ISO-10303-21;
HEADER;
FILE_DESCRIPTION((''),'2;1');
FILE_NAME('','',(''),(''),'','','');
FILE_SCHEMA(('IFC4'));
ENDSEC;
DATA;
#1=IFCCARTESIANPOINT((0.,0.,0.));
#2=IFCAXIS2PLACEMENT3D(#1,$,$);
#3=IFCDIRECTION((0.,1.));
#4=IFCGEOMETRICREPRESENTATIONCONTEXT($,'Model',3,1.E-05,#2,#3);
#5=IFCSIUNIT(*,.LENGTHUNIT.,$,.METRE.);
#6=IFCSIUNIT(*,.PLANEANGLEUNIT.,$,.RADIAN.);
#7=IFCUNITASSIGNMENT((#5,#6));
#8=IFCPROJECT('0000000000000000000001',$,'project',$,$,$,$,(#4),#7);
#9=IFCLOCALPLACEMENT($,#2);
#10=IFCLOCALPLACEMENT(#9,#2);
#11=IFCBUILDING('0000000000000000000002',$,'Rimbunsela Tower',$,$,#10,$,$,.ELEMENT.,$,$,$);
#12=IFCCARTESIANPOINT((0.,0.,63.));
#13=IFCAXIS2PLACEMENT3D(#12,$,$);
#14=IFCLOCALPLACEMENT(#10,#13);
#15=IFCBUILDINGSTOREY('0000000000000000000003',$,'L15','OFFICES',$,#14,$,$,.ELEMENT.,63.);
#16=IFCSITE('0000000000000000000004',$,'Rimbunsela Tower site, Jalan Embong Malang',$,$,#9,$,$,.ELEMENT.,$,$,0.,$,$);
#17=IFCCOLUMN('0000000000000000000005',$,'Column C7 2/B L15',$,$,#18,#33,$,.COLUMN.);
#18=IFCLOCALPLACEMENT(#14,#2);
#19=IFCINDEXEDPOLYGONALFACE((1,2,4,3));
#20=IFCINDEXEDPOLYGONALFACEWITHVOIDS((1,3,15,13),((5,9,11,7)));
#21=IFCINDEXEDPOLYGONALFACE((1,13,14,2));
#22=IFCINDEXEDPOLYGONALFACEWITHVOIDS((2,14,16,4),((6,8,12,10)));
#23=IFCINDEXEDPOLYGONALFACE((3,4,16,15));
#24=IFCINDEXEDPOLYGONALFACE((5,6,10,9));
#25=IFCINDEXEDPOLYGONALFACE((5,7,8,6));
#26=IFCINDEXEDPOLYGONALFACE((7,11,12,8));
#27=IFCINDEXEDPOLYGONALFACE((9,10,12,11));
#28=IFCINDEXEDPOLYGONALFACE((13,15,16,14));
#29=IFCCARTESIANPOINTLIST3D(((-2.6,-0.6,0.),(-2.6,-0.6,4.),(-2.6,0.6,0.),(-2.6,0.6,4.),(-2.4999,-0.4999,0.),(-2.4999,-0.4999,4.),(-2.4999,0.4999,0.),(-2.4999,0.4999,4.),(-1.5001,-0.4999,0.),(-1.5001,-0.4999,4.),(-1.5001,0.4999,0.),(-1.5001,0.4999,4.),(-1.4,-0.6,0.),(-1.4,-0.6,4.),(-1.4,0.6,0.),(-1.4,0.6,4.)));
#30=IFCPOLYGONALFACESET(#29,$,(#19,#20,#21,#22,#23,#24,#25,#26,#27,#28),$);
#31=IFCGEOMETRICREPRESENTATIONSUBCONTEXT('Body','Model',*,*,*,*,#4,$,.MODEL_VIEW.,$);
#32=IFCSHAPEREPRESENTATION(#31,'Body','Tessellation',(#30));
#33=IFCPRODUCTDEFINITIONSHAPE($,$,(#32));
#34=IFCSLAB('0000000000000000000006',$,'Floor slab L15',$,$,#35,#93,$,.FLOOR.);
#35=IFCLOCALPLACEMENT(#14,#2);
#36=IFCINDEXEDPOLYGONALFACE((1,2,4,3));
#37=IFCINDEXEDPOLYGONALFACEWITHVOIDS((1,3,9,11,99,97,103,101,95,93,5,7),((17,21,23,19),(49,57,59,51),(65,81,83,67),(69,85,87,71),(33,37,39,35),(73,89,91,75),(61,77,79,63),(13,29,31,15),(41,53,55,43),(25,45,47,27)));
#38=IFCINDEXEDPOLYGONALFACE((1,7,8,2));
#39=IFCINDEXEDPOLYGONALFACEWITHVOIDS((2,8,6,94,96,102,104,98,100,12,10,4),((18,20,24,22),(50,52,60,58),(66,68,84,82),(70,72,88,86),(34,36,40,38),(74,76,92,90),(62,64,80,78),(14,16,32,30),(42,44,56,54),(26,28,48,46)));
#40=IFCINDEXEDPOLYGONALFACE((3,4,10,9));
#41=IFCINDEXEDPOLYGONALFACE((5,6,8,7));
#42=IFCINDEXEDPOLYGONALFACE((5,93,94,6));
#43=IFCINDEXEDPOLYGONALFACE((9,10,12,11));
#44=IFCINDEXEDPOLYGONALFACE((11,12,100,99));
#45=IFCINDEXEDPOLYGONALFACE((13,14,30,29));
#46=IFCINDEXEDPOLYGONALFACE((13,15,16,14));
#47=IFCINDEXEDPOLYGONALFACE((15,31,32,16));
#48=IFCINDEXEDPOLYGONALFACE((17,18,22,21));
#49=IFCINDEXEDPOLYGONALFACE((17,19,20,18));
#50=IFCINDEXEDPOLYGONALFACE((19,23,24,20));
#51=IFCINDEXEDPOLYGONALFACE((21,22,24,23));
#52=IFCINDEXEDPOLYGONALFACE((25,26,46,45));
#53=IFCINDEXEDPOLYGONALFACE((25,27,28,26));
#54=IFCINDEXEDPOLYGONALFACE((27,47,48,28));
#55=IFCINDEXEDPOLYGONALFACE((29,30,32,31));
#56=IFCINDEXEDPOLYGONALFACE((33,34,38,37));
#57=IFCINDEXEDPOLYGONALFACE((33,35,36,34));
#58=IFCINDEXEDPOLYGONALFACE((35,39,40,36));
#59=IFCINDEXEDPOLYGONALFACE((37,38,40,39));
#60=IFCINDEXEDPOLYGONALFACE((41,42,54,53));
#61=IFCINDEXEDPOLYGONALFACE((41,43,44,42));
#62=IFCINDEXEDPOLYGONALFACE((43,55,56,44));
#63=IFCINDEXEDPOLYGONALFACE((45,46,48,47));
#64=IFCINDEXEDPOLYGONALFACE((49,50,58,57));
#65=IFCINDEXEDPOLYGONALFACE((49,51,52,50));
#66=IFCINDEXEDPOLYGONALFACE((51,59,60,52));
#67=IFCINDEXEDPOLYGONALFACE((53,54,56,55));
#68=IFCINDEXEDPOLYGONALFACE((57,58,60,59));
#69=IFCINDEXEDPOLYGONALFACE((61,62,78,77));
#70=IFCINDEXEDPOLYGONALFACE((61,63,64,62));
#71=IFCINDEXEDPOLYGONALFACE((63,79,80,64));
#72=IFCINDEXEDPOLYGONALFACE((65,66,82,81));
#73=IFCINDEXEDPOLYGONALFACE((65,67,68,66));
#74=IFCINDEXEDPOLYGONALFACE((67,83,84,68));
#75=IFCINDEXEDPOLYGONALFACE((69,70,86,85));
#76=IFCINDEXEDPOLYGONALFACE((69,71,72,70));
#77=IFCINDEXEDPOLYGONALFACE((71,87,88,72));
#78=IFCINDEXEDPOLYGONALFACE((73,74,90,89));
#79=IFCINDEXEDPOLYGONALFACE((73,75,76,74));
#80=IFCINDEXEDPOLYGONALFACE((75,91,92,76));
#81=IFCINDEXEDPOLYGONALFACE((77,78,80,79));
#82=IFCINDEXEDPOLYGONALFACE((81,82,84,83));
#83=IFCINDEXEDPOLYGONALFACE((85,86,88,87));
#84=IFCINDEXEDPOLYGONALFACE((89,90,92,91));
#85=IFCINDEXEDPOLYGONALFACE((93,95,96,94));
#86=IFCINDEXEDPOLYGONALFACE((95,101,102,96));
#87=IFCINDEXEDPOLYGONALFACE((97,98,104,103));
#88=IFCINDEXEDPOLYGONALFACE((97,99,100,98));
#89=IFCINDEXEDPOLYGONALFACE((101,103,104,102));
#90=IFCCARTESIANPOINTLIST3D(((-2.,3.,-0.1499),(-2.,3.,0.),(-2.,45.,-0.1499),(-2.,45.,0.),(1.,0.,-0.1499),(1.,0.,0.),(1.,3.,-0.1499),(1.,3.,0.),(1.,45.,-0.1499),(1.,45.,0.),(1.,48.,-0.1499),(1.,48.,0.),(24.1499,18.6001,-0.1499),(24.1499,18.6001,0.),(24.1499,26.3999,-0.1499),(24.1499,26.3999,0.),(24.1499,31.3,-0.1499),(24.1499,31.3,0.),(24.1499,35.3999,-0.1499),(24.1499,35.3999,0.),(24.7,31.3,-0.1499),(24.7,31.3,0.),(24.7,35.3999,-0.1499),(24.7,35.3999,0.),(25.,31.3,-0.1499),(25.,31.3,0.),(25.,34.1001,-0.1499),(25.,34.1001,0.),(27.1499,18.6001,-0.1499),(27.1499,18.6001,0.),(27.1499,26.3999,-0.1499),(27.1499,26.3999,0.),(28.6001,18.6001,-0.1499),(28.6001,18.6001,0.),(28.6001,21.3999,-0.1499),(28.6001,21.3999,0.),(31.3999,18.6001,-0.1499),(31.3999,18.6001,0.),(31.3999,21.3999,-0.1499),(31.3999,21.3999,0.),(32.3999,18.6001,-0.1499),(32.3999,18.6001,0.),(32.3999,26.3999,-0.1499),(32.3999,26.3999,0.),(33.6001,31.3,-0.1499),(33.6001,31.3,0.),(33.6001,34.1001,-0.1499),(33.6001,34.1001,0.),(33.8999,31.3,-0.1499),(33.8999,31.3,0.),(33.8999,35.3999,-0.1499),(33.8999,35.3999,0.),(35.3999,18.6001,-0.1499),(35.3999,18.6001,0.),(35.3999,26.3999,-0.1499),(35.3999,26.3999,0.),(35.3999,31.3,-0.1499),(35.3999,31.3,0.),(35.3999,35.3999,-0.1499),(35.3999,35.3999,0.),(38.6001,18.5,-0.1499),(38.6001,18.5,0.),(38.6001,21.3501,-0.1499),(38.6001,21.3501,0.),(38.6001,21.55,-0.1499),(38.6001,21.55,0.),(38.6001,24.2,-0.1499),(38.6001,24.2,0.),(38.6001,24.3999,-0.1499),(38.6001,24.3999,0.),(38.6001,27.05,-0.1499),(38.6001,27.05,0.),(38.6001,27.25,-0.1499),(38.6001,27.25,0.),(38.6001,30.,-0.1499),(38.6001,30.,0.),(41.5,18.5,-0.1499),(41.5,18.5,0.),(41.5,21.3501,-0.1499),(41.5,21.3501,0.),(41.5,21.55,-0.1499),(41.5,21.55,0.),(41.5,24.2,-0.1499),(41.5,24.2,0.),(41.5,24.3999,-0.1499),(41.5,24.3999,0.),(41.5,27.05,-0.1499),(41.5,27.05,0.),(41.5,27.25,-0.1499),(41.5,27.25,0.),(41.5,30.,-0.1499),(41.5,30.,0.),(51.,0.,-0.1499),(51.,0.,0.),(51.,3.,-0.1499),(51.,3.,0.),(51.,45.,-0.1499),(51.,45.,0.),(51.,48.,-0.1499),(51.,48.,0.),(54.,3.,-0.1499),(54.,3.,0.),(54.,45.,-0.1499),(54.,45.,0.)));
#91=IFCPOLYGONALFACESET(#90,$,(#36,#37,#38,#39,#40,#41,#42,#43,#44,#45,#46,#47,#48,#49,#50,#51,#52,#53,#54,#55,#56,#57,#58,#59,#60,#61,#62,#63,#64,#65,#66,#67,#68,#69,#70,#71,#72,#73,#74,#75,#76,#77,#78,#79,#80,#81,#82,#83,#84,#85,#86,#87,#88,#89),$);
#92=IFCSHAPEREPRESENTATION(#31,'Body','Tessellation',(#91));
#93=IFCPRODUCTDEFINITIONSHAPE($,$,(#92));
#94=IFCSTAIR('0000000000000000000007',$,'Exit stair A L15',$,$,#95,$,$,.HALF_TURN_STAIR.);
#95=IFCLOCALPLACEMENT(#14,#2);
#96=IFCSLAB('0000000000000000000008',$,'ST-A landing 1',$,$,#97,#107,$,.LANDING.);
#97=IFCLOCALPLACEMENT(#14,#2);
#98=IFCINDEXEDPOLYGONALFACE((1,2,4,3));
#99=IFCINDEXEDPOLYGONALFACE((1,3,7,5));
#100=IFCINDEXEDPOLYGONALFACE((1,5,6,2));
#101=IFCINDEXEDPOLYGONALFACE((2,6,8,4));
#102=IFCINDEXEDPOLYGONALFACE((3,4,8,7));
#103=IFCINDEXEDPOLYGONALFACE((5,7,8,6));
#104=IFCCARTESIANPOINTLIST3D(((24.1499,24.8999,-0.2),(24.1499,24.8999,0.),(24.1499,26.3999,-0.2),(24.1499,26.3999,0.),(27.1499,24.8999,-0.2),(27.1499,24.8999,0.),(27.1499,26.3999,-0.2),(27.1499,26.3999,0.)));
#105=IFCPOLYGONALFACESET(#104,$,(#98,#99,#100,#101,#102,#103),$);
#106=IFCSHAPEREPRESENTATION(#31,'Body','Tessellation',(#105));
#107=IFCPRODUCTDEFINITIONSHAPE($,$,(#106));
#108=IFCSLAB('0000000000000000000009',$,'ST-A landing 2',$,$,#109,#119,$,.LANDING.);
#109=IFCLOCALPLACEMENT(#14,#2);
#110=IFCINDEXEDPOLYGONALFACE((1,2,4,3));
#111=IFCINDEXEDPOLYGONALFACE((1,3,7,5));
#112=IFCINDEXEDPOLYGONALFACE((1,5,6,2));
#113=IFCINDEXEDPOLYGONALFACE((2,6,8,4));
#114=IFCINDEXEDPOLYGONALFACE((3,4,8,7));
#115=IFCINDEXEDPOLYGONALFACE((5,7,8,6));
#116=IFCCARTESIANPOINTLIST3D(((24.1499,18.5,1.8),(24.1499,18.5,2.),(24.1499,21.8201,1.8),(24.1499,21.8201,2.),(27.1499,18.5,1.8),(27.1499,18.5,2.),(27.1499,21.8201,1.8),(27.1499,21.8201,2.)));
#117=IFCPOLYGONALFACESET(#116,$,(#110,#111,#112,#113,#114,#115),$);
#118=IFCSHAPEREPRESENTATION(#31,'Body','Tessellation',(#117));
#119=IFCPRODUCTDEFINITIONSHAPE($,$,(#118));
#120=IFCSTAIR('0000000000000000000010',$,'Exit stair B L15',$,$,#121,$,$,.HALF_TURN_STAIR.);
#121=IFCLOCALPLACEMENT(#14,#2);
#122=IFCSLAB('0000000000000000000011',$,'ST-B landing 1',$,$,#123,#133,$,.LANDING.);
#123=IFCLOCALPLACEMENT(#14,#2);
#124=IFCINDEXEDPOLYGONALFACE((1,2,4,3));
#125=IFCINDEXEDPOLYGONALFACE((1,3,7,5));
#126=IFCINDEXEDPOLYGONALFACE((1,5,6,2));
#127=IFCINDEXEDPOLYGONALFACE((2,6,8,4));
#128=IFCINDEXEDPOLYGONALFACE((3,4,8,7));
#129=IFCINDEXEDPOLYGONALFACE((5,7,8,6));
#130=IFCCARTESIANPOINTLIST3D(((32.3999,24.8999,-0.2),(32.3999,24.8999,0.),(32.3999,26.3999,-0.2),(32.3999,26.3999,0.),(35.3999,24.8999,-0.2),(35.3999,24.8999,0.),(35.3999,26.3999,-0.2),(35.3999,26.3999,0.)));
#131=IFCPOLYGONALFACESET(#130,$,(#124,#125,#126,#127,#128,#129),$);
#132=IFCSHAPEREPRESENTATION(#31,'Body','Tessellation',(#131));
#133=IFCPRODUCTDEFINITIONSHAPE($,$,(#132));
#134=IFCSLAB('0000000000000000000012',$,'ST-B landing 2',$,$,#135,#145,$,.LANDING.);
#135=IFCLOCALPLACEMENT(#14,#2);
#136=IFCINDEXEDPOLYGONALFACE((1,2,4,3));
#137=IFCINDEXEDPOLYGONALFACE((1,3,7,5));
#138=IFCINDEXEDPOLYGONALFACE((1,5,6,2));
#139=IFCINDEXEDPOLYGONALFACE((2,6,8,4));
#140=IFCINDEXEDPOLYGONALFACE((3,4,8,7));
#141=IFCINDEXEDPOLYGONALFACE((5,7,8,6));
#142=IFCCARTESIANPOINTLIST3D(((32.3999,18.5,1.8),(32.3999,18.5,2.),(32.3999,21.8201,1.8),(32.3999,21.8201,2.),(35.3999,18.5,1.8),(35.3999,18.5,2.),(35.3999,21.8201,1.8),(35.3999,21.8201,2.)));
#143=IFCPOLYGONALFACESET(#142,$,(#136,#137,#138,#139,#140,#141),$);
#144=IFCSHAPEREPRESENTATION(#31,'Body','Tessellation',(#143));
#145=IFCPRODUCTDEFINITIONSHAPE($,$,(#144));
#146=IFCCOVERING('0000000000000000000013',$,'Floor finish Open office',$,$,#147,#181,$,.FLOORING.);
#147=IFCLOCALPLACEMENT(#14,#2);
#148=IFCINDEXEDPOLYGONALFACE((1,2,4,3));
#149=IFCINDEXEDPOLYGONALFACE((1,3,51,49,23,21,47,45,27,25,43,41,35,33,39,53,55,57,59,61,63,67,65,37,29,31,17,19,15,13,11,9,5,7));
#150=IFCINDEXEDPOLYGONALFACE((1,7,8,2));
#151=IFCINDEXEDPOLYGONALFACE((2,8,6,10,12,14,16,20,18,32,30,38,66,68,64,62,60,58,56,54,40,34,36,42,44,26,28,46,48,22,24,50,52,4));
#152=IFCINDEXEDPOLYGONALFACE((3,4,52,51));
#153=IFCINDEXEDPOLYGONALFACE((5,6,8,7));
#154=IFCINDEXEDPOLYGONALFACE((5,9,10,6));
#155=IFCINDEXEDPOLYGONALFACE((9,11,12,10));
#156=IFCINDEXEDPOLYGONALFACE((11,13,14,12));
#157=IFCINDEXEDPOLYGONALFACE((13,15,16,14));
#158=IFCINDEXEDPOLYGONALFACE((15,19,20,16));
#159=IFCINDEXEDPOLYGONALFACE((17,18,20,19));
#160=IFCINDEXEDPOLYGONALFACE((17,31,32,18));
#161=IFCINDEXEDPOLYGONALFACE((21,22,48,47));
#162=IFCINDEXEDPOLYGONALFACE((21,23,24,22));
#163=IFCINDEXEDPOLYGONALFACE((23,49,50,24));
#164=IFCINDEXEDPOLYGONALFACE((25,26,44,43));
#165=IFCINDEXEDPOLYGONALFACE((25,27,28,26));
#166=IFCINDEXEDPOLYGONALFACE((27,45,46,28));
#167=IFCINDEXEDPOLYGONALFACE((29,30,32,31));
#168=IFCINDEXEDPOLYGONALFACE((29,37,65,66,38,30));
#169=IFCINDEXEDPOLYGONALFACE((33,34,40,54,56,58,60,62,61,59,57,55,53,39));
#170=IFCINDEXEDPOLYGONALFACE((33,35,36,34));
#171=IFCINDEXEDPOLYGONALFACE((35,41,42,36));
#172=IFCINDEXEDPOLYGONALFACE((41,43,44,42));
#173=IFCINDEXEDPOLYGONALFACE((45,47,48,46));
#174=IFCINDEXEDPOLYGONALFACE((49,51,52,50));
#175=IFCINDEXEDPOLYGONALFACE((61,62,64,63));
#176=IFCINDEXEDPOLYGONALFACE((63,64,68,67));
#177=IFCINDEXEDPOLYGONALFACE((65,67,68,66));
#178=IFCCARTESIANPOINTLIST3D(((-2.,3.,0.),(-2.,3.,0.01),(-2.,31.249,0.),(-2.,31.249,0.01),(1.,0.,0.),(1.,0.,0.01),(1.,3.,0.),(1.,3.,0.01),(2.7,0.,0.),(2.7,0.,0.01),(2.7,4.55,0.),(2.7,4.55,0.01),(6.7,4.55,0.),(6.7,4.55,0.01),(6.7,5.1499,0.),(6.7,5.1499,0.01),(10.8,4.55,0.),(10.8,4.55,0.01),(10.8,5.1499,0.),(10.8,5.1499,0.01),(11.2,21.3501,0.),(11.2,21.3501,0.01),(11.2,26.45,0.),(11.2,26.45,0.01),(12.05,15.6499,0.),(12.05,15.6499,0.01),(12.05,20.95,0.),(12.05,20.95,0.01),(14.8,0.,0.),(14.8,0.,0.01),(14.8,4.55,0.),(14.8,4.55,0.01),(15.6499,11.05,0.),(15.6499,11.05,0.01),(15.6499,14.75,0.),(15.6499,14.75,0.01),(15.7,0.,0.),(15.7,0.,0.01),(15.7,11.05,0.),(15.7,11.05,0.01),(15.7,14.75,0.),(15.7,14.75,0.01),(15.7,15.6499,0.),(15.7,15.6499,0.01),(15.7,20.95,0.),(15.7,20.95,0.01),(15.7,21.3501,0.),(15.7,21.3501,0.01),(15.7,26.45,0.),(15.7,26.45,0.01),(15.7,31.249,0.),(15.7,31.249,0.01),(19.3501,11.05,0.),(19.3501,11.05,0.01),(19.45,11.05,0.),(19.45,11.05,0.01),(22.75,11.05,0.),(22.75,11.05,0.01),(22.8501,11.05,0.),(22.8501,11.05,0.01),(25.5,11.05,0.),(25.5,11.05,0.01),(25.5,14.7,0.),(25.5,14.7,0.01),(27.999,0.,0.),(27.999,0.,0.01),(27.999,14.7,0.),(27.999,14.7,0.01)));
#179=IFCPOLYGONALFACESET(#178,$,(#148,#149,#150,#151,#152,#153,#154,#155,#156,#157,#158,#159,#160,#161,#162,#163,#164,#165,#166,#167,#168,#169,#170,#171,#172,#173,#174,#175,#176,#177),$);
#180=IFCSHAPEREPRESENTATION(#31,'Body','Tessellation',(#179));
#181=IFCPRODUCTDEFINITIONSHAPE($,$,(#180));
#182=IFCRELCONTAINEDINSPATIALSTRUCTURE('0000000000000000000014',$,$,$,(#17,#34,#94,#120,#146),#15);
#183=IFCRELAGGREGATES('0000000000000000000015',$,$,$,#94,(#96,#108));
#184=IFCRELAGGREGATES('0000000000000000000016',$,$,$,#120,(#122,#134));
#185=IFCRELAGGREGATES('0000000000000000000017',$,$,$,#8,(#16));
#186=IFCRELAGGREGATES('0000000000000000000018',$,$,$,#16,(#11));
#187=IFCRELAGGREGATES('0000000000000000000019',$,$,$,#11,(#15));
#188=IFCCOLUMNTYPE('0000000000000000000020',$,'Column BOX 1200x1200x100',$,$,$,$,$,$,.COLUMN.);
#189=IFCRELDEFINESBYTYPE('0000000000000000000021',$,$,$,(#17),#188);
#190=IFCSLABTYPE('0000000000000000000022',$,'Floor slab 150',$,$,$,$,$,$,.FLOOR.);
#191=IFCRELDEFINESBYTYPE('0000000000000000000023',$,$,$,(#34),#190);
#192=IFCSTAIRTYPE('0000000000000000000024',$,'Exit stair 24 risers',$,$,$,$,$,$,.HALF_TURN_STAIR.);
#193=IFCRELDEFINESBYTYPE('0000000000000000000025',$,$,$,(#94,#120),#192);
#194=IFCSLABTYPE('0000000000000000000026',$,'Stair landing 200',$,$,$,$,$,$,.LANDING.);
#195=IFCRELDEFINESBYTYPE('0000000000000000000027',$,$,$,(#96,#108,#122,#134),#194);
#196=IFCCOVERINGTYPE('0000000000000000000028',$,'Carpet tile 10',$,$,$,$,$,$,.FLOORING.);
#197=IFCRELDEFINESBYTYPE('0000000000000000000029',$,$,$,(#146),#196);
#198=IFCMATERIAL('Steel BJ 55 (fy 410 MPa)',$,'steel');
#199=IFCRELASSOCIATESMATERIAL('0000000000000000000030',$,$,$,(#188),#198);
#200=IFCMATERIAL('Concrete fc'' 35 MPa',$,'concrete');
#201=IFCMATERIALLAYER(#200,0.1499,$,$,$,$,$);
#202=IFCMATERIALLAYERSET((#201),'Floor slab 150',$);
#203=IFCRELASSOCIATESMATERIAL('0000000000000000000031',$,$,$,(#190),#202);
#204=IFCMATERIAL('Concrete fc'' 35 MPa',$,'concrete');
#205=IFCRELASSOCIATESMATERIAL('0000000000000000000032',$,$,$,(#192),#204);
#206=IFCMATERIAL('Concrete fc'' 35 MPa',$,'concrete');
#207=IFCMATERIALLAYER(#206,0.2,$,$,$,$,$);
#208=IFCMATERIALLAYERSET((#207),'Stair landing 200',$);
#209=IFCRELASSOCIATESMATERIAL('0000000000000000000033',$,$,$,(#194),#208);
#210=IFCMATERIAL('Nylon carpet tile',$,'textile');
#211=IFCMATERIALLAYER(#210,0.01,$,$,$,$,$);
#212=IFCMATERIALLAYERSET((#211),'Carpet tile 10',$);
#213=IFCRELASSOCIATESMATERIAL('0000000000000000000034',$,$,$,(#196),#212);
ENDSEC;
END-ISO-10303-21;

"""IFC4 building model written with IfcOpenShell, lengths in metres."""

from ifc_helpers import new_model, si_unit, direction, frame, origin, origin_2d, place, context, subcontext, project, spatial, polyline, hollow_rectangle, outline, extrude, material, layer, layer_set, material_profile, profile_set, type_object, element, aggregate, save


model = new_model("IFC4")

# Units and contexts
model_context = context("Model", 3, precision=1e-05, world=origin(), true_north=direction((0.0, 1.0)))
body_context = subcontext(model_context, "Body", "Model", "MODEL_VIEW")
ifc_project = project(units=[si_unit("LENGTHUNIT", "METRE"), si_unit("PLANEANGLEUNIT", "RADIAN")], contexts=[model_context])

# Site, building, storey
site_placement = place(None, origin())
site = spatial("IfcSite", under=ifc_project, at=site_placement, Name="Rimbunsela Tower site, Jalan Embong Malang", CompositionType="ELEMENT", RefElevation=0.0)
building_placement = place(site_placement, origin())
building = spatial("IfcBuilding", under=site, at=building_placement, Name="Rimbunsela Tower", CompositionType="ELEMENT")
storey_placement = place(building_placement, frame((0.0, 0.0, 63.0)))
storey = spatial("IfcBuildingStorey", under=building, at=storey_placement, Name="L15", Description="OFFICES", CompositionType="ELEMENT", Elevation=63.0)

# Column
ifc_material_1 = material(Name="Steel BJ 55 (fy 410 MPa)", Category="steel")
ifc_material_profile = material_profile(ifc_material_1, hollow_rectangle(XDim=1.2, YDim=1.2, WallThickness=0.1001, at=origin_2d()), Name="BOX 1200x1200x100")
ifc_profile_set = profile_set([ifc_material_profile], Name="Steel BJ 55 (fy 410 MPa)")
column_type = type_object("IfcColumnType", Name="Column BOX 1200x1200x100", PredefinedType="COLUMN", material=ifc_profile_set)
column_placement = place(storey_placement, frame((-2.0, 0.0, 0.0), z_axis=(0.0, 0.0, 1.0), x_axis=(1.0, 0.0, 0.0)))
element("IfcColumn", 1, at=column_placement, inside=storey, type_object=column_type, Name="Column C7 2/B L15", PredefinedType="COLUMN", context=body_context, shape_type="SweptSolid", body=[
    extrude(hollow_rectangle(XDim=1.2, YDim=1.2, WallThickness=0.1001, at=origin_2d()), origin(), (0.0, 0.0, 1.0), 4.0),
])

# Slab
ifc_material_2 = material(Name="Concrete fc' 35 MPa", Category="concrete")
ifc_layer_1 = layer(ifc_material_2, 0.1499)
ifc_layer_set_1 = layer_set([ifc_layer_1], Name="Floor slab 150")
slab_type_1 = type_object("IfcSlabType", Name="Floor slab 150", PredefinedType="FLOOR", material=ifc_layer_set_1)
slab_1_placement = place(storey_placement, frame((0.0, 0.0, -0.1499)))
element("IfcSlab", 2, at=slab_1_placement, inside=storey, type_object=slab_type_1, Name="Floor slab L15", PredefinedType="FLOOR", context=body_context, shape_type="SweptSolid", body=[
    extrude(outline(polyline([(1.0, 0.0), (51.0, 0.0), (51.0, 3.0), (54.0, 3.0), (54.0, 45.0), (51.0, 45.0), (51.0, 48.0), (1.0, 48.0), (1.0, 45.0), (-2.0, 45.0), (-2.0, 3.0), (1.0, 3.0), (1.0, 0.0)]), holes=[polyline([(27.1499, 18.6001), (27.1499, 26.3999), (24.1499, 26.3999), (24.1499, 18.6001), (27.1499, 18.6001)]), polyline([(24.7, 31.3), (24.7, 35.3999), (24.1499, 35.3999), (24.1499, 31.3), (24.7, 31.3)]), polyline([(25.0, 34.1001), (25.0, 31.3), (33.6001, 31.3), (33.6001, 34.1001), (25.0, 34.1001)]), polyline([(31.3999, 21.3999), (28.6001, 21.3999), (28.6001, 18.6001), (31.3999, 18.6001), (31.3999, 21.3999)]), polyline([(35.3999, 18.6001), (35.3999, 26.3999), (32.3999, 26.3999), (32.3999, 18.6001), (35.3999, 18.6001)]), polyline([(35.3999, 31.3), (35.3999, 35.3999), (33.8999, 35.3999), (33.8999, 31.3), (35.3999, 31.3)]), polyline([(41.5, 21.3501), (38.6001, 21.3501), (38.6001, 18.5), (41.5, 18.5), (41.5, 21.3501)]), polyline([(41.5, 21.55), (41.5, 24.2), (38.6001, 24.2), (38.6001, 21.55), (41.5, 21.55)]), polyline([(41.5, 27.05), (38.6001, 27.05), (38.6001, 24.3999), (41.5, 24.3999), (41.5, 27.05)]), polyline([(41.5, 27.25), (41.5, 30.0), (38.6001, 30.0), (38.6001, 27.25), (41.5, 27.25)])]), origin(), (0.0, 0.0, 1.0), 0.1499),
])

# Stairs, slabs
ifc_material_3 = material(Name="Concrete fc' 35 MPa", Category="concrete")
stair_type = type_object("IfcStairType", Name="Exit stair 24 risers", PredefinedType="HALF_TURN_STAIR", material=ifc_material_3)
stair_1_placement = place(storey_placement, origin())
stair_1 = element("IfcStair", 3, at=stair_1_placement, inside=storey, type_object=stair_type, Name="Exit stair A L15", PredefinedType="HALF_TURN_STAIR")
ifc_material_4 = material(Name="Concrete fc' 35 MPa", Category="concrete")
ifc_layer_2 = layer(ifc_material_4, 0.2)
ifc_layer_set_2 = layer_set([ifc_layer_2], Name="Stair landing 200")
slab_type_2 = type_object("IfcSlabType", Name="Stair landing 200", PredefinedType="LANDING", material=ifc_layer_set_2)
slab_2_placement = place(storey_placement, frame((0.0, 0.0, -0.2)))
slab_2 = element("IfcSlab", 4, at=slab_2_placement, type_object=slab_type_2, Name="ST-A landing 1", PredefinedType="LANDING", context=body_context, shape_type="SweptSolid", body=[
    extrude(outline(polyline([(24.1499, 24.8999), (27.1499, 24.8999), (27.1499, 26.3999), (24.1499, 26.3999), (24.1499, 24.8999)])), origin(), (0.0, 0.0, 1.0), 0.2),
])
slab_3_placement = place(storey_placement, frame((0.0, 0.0, 1.8)))
slab_3 = element("IfcSlab", 5, at=slab_3_placement, type_object=slab_type_2, Name="ST-A landing 2", PredefinedType="LANDING", context=body_context, shape_type="SweptSolid", body=[
    extrude(outline(polyline([(24.1499, 18.5), (27.1499, 18.5), (27.1499, 21.8201), (24.1499, 21.8201), (24.1499, 18.5)])), origin(), (0.0, 0.0, 1.0), 0.2),
])
aggregate(stair_1, [slab_2, slab_3])
stair_2_placement = place(storey_placement, origin())
stair_2 = element("IfcStair", 6, at=stair_2_placement, inside=storey, type_object=stair_type, Name="Exit stair B L15", PredefinedType="HALF_TURN_STAIR")
slab_4_placement = place(storey_placement, frame((0.0, 0.0, -0.2)))
slab_4 = element("IfcSlab", 7, at=slab_4_placement, type_object=slab_type_2, Name="ST-B landing 1", PredefinedType="LANDING", context=body_context, shape_type="SweptSolid", body=[
    extrude(outline(polyline([(32.3999, 24.8999), (35.3999, 24.8999), (35.3999, 26.3999), (32.3999, 26.3999), (32.3999, 24.8999)])), origin(), (0.0, 0.0, 1.0), 0.2),
])
slab_5_placement = place(storey_placement, frame((0.0, 0.0, 1.8)))
slab_5 = element("IfcSlab", 8, at=slab_5_placement, type_object=slab_type_2, Name="ST-B landing 2", PredefinedType="LANDING", context=body_context, shape_type="SweptSolid", body=[
    extrude(outline(polyline([(32.3999, 18.5), (35.3999, 18.5), (35.3999, 21.8201), (32.3999, 21.8201), (32.3999, 18.5)])), origin(), (0.0, 0.0, 1.0), 0.2),
])
aggregate(stair_2, [slab_4, slab_5])

# Covering
ifc_material_5 = material(Name="Nylon carpet tile", Category="textile")
ifc_layer_3 = layer(ifc_material_5, 0.01)
ifc_layer_set_3 = layer_set([ifc_layer_3], Name="Carpet tile 10")
covering_type_1 = type_object("IfcCoveringType", Name="Carpet tile 10", PredefinedType="FLOORING", material=ifc_layer_set_3)
covering_1_placement = place(storey_placement, origin())
element("IfcCovering", 9, at=covering_1_placement, inside=storey, type_object=covering_type_1, Name="Floor finish Open office", PredefinedType="FLOORING", context=body_context, shape_type="SweptSolid", body=[
    extrude(outline(polyline([(19.45, 11.05), (22.75, 11.05), (22.8501, 11.05), (25.5, 11.05), (25.5, 14.7), (27.999, 14.7), (27.999, 0.0), (15.7, 0.0), (14.8, 0.0), (14.8, 4.55), (10.8, 4.55), (10.8, 5.1499), (6.7, 5.1499), (6.7, 4.55), (2.7, 4.55), (2.7, 0.0), (1.0, 0.0), (1.0, 3.0), (-2.0, 3.0), (-2.0, 31.249), (15.7, 31.249), (15.7, 26.45), (11.2, 26.45), (11.2, 21.3501), (15.7, 21.3501), (15.7, 20.95), (12.05, 20.95), (12.05, 15.6499), (15.7, 15.6499), (15.7, 14.75), (15.6499, 14.75), (15.6499, 11.05), (15.7, 11.05), (19.3501, 11.05), (19.45, 11.05)])), origin(), (0.0, 0.0, 1.0), 0.01),
])

save(model, "model.ifc")
